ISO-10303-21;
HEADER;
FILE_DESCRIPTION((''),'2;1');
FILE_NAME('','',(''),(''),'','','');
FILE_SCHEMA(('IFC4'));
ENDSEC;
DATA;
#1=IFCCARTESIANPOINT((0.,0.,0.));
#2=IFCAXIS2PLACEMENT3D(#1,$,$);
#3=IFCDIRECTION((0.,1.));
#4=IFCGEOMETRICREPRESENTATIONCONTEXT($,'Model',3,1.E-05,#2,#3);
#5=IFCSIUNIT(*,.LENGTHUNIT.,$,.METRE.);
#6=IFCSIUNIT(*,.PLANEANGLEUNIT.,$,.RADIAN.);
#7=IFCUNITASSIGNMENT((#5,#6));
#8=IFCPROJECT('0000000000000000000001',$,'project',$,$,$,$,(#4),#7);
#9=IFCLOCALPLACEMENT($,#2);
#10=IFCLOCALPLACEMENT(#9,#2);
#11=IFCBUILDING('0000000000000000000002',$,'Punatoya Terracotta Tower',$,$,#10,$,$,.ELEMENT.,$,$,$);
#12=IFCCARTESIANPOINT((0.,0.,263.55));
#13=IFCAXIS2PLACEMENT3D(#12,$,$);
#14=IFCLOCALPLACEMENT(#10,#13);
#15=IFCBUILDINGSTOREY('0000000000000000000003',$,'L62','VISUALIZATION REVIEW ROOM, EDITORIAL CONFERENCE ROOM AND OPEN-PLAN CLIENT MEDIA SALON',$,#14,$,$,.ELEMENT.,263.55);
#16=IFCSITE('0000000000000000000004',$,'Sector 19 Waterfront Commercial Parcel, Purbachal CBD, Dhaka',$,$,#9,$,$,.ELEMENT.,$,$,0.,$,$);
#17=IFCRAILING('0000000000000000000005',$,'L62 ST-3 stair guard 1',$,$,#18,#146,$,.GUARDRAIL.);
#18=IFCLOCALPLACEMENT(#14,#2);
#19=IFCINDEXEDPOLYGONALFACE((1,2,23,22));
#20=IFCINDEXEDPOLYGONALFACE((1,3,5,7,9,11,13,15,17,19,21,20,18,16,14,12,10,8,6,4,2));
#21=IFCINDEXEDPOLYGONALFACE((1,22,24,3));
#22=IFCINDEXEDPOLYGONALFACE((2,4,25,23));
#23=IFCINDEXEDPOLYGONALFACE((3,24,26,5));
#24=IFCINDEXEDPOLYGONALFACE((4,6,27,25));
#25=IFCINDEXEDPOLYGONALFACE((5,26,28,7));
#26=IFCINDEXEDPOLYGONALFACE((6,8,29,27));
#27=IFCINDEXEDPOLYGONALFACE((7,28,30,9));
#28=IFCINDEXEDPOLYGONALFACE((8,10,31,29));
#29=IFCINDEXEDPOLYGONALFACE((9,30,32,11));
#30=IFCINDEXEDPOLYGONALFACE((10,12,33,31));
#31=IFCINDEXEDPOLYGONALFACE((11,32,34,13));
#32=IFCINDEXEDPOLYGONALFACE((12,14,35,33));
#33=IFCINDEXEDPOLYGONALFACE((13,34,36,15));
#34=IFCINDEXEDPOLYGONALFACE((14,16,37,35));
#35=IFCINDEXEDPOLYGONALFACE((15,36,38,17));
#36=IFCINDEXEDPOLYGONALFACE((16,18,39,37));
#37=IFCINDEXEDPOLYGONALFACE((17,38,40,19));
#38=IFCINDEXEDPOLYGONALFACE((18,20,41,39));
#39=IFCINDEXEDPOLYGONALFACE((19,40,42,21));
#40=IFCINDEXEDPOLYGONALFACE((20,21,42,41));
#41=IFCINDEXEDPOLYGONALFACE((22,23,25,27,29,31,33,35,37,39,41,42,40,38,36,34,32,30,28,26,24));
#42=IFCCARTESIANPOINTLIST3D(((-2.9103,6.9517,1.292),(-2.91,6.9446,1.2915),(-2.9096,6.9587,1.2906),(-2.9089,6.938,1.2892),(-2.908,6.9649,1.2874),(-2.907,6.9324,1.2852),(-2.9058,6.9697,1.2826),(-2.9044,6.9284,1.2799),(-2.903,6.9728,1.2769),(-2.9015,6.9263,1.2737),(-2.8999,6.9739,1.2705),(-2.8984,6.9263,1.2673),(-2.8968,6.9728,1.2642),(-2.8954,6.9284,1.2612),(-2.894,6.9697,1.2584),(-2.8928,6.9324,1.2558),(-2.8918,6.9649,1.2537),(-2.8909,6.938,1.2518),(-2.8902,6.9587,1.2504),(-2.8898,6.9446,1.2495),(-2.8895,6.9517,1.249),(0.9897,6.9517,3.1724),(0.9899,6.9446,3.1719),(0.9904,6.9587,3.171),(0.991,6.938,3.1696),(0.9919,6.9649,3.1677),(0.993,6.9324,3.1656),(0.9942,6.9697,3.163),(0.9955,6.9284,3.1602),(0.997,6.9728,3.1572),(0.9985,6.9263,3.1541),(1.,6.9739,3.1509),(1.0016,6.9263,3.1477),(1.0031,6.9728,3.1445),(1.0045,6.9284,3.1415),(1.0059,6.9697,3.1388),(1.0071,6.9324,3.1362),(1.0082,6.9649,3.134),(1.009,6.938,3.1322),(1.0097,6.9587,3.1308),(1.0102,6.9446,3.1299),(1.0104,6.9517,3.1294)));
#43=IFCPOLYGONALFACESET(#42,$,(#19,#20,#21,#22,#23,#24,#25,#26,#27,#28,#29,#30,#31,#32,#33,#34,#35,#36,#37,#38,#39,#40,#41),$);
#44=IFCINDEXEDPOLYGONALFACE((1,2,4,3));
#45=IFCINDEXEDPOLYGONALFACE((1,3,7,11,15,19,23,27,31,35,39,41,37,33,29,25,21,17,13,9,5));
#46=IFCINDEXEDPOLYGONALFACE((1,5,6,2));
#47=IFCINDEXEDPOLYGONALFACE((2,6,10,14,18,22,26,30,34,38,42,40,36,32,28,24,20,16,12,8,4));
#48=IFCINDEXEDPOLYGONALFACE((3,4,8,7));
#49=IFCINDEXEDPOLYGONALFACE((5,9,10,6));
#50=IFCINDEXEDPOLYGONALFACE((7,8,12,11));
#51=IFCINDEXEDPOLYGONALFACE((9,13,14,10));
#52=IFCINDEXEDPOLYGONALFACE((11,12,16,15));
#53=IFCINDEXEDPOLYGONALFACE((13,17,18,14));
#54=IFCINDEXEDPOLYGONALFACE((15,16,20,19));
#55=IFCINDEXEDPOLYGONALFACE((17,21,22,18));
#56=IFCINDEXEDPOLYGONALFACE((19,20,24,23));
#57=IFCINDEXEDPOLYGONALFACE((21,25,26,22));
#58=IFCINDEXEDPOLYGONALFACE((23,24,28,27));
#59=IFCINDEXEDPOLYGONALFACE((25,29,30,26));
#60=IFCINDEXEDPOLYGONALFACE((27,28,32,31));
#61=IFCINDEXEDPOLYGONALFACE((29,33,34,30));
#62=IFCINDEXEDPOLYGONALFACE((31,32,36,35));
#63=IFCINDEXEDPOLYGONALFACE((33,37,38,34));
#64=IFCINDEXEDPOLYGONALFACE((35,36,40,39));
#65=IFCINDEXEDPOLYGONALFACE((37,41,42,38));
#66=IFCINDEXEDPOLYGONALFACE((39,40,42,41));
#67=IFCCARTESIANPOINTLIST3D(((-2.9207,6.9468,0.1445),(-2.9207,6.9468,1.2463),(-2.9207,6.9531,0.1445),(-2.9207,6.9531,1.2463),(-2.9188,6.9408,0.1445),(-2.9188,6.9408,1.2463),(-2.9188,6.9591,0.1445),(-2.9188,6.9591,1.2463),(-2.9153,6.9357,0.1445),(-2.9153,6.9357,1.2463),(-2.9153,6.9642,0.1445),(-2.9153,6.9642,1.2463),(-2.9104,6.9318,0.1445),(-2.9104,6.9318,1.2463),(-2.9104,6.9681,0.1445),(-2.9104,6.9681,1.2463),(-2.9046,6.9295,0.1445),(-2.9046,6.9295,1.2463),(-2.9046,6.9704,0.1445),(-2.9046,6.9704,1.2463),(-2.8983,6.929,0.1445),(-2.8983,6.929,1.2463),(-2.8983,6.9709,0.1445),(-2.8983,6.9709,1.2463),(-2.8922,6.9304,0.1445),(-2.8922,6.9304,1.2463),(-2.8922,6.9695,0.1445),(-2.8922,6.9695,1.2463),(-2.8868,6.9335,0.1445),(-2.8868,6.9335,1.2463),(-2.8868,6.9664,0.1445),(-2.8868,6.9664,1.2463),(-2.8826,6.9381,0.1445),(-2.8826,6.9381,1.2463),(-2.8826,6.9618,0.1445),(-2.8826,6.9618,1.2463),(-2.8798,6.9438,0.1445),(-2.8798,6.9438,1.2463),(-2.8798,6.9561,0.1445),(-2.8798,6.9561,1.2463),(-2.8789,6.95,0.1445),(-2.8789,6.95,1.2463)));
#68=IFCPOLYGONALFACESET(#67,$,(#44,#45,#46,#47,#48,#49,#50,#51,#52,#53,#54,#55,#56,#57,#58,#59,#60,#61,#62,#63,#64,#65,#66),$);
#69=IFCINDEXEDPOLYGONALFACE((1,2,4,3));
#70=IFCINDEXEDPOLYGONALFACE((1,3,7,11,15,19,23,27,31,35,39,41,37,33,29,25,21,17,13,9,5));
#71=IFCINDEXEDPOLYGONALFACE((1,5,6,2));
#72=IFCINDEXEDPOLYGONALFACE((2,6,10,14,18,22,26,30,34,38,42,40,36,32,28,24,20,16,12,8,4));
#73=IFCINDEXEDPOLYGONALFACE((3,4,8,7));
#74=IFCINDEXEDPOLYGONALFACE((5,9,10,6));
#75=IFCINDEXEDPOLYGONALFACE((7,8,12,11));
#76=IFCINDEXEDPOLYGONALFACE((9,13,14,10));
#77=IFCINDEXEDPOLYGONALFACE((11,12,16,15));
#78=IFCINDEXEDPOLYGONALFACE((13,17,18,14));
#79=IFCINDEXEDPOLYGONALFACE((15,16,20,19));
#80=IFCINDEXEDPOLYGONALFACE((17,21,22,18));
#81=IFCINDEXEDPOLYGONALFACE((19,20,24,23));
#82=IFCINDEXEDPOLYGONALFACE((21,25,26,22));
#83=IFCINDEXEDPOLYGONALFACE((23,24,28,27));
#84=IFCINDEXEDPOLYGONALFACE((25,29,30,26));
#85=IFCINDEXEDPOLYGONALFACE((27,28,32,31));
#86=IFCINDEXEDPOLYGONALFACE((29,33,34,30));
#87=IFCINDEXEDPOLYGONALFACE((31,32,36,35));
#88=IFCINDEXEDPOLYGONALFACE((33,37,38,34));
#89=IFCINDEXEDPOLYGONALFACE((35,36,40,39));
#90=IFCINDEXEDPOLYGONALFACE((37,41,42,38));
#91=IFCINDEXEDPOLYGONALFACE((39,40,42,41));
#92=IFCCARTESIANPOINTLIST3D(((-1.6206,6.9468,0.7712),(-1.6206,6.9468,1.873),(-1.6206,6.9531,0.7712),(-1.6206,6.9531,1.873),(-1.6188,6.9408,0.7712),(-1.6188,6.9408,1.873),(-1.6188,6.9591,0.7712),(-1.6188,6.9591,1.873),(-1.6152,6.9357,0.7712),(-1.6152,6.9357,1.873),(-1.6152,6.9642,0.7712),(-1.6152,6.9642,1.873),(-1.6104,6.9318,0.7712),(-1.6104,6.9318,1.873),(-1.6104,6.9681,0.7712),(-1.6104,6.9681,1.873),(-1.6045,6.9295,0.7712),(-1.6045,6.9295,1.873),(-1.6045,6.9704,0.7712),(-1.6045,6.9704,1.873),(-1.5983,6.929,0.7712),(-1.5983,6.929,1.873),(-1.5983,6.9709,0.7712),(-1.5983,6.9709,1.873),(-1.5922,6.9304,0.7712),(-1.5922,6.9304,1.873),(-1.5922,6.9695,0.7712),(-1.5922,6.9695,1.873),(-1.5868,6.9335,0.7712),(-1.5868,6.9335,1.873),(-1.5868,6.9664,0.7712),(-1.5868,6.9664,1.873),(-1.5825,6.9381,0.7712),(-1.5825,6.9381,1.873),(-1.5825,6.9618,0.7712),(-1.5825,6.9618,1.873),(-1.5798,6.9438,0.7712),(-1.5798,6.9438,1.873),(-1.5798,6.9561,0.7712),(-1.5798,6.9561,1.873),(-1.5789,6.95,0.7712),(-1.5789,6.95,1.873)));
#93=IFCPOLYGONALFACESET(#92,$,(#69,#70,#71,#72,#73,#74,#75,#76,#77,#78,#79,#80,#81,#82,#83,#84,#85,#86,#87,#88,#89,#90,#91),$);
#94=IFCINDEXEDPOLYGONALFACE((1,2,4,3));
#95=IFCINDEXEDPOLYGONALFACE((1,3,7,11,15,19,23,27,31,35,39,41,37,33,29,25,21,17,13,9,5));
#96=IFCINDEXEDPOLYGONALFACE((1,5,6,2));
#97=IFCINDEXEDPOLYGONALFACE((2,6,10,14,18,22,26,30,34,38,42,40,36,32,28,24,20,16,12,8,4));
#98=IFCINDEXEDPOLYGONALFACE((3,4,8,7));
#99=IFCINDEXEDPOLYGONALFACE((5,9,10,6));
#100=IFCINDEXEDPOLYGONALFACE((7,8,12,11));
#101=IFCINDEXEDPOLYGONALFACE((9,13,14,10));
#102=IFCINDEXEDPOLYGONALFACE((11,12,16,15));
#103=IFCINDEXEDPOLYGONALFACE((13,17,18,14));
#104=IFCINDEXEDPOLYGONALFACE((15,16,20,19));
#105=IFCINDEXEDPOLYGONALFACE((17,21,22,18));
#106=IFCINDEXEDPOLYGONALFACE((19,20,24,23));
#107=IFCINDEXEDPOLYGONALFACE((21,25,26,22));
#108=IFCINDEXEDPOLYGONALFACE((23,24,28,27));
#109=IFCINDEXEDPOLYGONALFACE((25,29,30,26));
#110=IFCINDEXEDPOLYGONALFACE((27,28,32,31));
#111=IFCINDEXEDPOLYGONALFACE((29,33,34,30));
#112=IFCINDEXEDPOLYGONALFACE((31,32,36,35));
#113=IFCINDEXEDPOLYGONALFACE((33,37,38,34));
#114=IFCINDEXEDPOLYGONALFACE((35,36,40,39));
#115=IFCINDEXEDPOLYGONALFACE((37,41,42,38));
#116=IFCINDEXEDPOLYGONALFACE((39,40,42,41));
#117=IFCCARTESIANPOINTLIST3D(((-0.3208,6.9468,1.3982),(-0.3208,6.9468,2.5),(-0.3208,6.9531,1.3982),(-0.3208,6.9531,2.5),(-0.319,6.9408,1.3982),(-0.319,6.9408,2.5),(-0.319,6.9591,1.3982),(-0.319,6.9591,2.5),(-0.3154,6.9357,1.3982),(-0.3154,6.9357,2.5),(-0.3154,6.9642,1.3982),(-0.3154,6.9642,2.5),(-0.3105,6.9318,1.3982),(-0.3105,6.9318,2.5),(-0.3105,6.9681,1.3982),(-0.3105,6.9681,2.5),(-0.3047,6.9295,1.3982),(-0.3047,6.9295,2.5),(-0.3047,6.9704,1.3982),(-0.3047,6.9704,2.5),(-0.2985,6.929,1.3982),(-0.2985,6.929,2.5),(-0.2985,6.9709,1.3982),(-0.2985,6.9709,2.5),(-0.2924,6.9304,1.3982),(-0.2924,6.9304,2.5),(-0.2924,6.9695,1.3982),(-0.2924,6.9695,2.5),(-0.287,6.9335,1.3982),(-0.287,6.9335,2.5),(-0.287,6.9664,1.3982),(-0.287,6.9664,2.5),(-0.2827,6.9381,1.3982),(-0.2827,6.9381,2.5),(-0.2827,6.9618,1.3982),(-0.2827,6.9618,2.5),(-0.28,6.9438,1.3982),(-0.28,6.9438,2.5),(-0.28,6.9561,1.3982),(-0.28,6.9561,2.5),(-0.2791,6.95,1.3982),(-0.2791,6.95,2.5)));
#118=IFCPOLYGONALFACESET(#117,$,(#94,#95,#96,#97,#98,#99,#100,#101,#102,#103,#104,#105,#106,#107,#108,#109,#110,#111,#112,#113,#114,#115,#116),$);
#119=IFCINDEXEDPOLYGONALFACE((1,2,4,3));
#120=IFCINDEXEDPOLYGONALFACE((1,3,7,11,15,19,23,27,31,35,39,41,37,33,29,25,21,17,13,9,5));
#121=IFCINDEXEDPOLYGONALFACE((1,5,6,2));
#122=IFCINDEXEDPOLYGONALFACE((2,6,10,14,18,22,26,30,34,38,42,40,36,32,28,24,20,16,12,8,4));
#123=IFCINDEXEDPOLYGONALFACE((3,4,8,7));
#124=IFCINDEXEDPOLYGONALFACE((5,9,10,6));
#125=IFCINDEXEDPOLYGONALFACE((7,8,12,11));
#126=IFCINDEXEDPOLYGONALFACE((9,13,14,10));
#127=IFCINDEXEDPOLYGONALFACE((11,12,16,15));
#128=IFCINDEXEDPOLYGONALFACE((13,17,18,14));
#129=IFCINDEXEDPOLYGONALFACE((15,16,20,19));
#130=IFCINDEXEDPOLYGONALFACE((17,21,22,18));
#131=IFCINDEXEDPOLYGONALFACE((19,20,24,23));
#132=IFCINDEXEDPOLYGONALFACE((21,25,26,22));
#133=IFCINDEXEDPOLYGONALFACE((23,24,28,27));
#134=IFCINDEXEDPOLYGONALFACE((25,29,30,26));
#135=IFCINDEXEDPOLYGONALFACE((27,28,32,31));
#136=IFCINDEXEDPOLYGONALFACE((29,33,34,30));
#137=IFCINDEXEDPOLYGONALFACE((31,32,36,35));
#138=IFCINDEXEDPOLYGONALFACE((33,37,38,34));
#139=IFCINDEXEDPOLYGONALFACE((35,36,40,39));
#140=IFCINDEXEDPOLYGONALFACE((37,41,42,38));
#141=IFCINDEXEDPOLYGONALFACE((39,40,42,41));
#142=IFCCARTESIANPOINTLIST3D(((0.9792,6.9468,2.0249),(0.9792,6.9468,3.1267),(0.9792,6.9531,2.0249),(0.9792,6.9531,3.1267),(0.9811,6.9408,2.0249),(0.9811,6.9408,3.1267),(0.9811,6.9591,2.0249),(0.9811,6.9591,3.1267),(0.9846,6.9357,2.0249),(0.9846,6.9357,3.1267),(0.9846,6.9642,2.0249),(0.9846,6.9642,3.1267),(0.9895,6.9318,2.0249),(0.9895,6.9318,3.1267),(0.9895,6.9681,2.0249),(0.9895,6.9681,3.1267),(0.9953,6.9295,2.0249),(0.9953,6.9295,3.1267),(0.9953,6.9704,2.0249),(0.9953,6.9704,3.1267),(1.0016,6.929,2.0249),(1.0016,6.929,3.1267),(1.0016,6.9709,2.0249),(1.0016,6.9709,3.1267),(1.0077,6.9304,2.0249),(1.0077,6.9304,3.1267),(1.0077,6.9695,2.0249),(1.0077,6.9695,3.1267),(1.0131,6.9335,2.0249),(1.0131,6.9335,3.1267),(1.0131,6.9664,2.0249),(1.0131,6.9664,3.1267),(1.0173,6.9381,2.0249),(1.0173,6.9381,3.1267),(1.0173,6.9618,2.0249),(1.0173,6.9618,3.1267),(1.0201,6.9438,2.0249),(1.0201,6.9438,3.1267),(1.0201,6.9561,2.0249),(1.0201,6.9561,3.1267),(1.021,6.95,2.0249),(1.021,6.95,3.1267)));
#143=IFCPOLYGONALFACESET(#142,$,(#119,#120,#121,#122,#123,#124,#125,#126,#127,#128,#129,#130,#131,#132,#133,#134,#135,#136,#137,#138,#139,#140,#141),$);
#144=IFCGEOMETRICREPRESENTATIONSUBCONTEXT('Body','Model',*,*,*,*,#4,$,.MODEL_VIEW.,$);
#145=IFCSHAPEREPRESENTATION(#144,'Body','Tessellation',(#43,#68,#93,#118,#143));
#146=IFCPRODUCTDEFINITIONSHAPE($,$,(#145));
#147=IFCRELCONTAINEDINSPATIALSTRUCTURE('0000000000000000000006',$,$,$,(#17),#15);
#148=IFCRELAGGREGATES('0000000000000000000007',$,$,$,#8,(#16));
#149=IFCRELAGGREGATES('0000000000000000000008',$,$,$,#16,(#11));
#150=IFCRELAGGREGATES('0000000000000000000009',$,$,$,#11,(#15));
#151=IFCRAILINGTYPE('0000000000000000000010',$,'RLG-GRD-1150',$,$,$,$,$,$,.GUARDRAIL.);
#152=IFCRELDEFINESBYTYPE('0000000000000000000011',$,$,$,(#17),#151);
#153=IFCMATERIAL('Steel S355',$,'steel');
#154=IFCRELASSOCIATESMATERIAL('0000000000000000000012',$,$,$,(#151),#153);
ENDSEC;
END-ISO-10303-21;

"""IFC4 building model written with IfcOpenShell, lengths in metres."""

from ifc_helpers import new_model, si_unit, direction, frame, origin, origin_2d, place, context, subcontext, project, spatial, circle, extrude, material, type_object, element, save


model = new_model("IFC4")

# Units and contexts
model_context = context("Model", 3, precision=1e-05, world=origin(), true_north=direction((0.0, 1.0)))
body_context = subcontext(model_context, "Body", "Model", "MODEL_VIEW")
ifc_project = project(units=[si_unit("LENGTHUNIT", "METRE"), si_unit("PLANEANGLEUNIT", "RADIAN")], contexts=[model_context])

# Site, building, storey
site_placement = place(None, origin())
site = spatial("IfcSite", under=ifc_project, at=site_placement, Name="Sector 19 Waterfront Commercial Parcel, Purbachal CBD, Dhaka", CompositionType="ELEMENT", RefElevation=0.0)
building_placement = place(site_placement, origin())
building = spatial("IfcBuilding", under=site, at=building_placement, Name="Punatoya Terracotta Tower", CompositionType="ELEMENT")
storey_placement = place(building_placement, frame((0.0, 0.0, 263.55)))
storey = spatial("IfcBuildingStorey", under=building, at=storey_placement, Name="L62", Description="VISUALIZATION REVIEW ROOM, EDITORIAL CONFERENCE ROOM AND OPEN-PLAN CLIENT MEDIA SALON", CompositionType="ELEMENT", Elevation=263.55)

# Shared definitions
ifc_material_1 = material(Name="Steel S355", Category="steel")

# Railing
railing_type_1 = type_object("IfcRailingType", Name="RLG-GRD-1150", PredefinedType="GUARDRAIL", material=ifc_material_1)
railing_1_placement = place(storey_placement, frame((-2.8999, 6.95, 0.1445)))
element("IfcRailing", 1, at=railing_1_placement, inside=storey, type_object=railing_type_1, Name="L62 ST-3 stair guard 1", PredefinedType="GUARDRAIL", context=body_context, shape_type="SweptSolid", body=[
    extrude(circle(Radius=0.0239, at=origin_2d()), frame((0.0, 0.0, 1.126), z_axis=(0.900763, 0.0, 0.434311), x_axis=(0.0, 1.0, 0.0)), (0.0, 0.0, 1.0), 4.3296),
    extrude(circle(Radius=0.021, at=origin_2d()), origin(), (0.0, 0.0, 1.0), 1.1018),
    extrude(circle(Radius=0.021, at=origin_2d()), frame((1.3, 0.0, 0.6267)), (0.0, 0.0, 1.0), 1.1018),
    extrude(circle(Radius=0.021, at=origin_2d()), frame((2.5999, 0.0, 1.2537)), (0.0, 0.0, 1.0), 1.1018),
    extrude(circle(Radius=0.021, at=origin_2d()), frame((3.8999, 0.0, 1.8804)), (0.0, 0.0, 1.0), 1.1018),
])

save(model, "model.ifc")
